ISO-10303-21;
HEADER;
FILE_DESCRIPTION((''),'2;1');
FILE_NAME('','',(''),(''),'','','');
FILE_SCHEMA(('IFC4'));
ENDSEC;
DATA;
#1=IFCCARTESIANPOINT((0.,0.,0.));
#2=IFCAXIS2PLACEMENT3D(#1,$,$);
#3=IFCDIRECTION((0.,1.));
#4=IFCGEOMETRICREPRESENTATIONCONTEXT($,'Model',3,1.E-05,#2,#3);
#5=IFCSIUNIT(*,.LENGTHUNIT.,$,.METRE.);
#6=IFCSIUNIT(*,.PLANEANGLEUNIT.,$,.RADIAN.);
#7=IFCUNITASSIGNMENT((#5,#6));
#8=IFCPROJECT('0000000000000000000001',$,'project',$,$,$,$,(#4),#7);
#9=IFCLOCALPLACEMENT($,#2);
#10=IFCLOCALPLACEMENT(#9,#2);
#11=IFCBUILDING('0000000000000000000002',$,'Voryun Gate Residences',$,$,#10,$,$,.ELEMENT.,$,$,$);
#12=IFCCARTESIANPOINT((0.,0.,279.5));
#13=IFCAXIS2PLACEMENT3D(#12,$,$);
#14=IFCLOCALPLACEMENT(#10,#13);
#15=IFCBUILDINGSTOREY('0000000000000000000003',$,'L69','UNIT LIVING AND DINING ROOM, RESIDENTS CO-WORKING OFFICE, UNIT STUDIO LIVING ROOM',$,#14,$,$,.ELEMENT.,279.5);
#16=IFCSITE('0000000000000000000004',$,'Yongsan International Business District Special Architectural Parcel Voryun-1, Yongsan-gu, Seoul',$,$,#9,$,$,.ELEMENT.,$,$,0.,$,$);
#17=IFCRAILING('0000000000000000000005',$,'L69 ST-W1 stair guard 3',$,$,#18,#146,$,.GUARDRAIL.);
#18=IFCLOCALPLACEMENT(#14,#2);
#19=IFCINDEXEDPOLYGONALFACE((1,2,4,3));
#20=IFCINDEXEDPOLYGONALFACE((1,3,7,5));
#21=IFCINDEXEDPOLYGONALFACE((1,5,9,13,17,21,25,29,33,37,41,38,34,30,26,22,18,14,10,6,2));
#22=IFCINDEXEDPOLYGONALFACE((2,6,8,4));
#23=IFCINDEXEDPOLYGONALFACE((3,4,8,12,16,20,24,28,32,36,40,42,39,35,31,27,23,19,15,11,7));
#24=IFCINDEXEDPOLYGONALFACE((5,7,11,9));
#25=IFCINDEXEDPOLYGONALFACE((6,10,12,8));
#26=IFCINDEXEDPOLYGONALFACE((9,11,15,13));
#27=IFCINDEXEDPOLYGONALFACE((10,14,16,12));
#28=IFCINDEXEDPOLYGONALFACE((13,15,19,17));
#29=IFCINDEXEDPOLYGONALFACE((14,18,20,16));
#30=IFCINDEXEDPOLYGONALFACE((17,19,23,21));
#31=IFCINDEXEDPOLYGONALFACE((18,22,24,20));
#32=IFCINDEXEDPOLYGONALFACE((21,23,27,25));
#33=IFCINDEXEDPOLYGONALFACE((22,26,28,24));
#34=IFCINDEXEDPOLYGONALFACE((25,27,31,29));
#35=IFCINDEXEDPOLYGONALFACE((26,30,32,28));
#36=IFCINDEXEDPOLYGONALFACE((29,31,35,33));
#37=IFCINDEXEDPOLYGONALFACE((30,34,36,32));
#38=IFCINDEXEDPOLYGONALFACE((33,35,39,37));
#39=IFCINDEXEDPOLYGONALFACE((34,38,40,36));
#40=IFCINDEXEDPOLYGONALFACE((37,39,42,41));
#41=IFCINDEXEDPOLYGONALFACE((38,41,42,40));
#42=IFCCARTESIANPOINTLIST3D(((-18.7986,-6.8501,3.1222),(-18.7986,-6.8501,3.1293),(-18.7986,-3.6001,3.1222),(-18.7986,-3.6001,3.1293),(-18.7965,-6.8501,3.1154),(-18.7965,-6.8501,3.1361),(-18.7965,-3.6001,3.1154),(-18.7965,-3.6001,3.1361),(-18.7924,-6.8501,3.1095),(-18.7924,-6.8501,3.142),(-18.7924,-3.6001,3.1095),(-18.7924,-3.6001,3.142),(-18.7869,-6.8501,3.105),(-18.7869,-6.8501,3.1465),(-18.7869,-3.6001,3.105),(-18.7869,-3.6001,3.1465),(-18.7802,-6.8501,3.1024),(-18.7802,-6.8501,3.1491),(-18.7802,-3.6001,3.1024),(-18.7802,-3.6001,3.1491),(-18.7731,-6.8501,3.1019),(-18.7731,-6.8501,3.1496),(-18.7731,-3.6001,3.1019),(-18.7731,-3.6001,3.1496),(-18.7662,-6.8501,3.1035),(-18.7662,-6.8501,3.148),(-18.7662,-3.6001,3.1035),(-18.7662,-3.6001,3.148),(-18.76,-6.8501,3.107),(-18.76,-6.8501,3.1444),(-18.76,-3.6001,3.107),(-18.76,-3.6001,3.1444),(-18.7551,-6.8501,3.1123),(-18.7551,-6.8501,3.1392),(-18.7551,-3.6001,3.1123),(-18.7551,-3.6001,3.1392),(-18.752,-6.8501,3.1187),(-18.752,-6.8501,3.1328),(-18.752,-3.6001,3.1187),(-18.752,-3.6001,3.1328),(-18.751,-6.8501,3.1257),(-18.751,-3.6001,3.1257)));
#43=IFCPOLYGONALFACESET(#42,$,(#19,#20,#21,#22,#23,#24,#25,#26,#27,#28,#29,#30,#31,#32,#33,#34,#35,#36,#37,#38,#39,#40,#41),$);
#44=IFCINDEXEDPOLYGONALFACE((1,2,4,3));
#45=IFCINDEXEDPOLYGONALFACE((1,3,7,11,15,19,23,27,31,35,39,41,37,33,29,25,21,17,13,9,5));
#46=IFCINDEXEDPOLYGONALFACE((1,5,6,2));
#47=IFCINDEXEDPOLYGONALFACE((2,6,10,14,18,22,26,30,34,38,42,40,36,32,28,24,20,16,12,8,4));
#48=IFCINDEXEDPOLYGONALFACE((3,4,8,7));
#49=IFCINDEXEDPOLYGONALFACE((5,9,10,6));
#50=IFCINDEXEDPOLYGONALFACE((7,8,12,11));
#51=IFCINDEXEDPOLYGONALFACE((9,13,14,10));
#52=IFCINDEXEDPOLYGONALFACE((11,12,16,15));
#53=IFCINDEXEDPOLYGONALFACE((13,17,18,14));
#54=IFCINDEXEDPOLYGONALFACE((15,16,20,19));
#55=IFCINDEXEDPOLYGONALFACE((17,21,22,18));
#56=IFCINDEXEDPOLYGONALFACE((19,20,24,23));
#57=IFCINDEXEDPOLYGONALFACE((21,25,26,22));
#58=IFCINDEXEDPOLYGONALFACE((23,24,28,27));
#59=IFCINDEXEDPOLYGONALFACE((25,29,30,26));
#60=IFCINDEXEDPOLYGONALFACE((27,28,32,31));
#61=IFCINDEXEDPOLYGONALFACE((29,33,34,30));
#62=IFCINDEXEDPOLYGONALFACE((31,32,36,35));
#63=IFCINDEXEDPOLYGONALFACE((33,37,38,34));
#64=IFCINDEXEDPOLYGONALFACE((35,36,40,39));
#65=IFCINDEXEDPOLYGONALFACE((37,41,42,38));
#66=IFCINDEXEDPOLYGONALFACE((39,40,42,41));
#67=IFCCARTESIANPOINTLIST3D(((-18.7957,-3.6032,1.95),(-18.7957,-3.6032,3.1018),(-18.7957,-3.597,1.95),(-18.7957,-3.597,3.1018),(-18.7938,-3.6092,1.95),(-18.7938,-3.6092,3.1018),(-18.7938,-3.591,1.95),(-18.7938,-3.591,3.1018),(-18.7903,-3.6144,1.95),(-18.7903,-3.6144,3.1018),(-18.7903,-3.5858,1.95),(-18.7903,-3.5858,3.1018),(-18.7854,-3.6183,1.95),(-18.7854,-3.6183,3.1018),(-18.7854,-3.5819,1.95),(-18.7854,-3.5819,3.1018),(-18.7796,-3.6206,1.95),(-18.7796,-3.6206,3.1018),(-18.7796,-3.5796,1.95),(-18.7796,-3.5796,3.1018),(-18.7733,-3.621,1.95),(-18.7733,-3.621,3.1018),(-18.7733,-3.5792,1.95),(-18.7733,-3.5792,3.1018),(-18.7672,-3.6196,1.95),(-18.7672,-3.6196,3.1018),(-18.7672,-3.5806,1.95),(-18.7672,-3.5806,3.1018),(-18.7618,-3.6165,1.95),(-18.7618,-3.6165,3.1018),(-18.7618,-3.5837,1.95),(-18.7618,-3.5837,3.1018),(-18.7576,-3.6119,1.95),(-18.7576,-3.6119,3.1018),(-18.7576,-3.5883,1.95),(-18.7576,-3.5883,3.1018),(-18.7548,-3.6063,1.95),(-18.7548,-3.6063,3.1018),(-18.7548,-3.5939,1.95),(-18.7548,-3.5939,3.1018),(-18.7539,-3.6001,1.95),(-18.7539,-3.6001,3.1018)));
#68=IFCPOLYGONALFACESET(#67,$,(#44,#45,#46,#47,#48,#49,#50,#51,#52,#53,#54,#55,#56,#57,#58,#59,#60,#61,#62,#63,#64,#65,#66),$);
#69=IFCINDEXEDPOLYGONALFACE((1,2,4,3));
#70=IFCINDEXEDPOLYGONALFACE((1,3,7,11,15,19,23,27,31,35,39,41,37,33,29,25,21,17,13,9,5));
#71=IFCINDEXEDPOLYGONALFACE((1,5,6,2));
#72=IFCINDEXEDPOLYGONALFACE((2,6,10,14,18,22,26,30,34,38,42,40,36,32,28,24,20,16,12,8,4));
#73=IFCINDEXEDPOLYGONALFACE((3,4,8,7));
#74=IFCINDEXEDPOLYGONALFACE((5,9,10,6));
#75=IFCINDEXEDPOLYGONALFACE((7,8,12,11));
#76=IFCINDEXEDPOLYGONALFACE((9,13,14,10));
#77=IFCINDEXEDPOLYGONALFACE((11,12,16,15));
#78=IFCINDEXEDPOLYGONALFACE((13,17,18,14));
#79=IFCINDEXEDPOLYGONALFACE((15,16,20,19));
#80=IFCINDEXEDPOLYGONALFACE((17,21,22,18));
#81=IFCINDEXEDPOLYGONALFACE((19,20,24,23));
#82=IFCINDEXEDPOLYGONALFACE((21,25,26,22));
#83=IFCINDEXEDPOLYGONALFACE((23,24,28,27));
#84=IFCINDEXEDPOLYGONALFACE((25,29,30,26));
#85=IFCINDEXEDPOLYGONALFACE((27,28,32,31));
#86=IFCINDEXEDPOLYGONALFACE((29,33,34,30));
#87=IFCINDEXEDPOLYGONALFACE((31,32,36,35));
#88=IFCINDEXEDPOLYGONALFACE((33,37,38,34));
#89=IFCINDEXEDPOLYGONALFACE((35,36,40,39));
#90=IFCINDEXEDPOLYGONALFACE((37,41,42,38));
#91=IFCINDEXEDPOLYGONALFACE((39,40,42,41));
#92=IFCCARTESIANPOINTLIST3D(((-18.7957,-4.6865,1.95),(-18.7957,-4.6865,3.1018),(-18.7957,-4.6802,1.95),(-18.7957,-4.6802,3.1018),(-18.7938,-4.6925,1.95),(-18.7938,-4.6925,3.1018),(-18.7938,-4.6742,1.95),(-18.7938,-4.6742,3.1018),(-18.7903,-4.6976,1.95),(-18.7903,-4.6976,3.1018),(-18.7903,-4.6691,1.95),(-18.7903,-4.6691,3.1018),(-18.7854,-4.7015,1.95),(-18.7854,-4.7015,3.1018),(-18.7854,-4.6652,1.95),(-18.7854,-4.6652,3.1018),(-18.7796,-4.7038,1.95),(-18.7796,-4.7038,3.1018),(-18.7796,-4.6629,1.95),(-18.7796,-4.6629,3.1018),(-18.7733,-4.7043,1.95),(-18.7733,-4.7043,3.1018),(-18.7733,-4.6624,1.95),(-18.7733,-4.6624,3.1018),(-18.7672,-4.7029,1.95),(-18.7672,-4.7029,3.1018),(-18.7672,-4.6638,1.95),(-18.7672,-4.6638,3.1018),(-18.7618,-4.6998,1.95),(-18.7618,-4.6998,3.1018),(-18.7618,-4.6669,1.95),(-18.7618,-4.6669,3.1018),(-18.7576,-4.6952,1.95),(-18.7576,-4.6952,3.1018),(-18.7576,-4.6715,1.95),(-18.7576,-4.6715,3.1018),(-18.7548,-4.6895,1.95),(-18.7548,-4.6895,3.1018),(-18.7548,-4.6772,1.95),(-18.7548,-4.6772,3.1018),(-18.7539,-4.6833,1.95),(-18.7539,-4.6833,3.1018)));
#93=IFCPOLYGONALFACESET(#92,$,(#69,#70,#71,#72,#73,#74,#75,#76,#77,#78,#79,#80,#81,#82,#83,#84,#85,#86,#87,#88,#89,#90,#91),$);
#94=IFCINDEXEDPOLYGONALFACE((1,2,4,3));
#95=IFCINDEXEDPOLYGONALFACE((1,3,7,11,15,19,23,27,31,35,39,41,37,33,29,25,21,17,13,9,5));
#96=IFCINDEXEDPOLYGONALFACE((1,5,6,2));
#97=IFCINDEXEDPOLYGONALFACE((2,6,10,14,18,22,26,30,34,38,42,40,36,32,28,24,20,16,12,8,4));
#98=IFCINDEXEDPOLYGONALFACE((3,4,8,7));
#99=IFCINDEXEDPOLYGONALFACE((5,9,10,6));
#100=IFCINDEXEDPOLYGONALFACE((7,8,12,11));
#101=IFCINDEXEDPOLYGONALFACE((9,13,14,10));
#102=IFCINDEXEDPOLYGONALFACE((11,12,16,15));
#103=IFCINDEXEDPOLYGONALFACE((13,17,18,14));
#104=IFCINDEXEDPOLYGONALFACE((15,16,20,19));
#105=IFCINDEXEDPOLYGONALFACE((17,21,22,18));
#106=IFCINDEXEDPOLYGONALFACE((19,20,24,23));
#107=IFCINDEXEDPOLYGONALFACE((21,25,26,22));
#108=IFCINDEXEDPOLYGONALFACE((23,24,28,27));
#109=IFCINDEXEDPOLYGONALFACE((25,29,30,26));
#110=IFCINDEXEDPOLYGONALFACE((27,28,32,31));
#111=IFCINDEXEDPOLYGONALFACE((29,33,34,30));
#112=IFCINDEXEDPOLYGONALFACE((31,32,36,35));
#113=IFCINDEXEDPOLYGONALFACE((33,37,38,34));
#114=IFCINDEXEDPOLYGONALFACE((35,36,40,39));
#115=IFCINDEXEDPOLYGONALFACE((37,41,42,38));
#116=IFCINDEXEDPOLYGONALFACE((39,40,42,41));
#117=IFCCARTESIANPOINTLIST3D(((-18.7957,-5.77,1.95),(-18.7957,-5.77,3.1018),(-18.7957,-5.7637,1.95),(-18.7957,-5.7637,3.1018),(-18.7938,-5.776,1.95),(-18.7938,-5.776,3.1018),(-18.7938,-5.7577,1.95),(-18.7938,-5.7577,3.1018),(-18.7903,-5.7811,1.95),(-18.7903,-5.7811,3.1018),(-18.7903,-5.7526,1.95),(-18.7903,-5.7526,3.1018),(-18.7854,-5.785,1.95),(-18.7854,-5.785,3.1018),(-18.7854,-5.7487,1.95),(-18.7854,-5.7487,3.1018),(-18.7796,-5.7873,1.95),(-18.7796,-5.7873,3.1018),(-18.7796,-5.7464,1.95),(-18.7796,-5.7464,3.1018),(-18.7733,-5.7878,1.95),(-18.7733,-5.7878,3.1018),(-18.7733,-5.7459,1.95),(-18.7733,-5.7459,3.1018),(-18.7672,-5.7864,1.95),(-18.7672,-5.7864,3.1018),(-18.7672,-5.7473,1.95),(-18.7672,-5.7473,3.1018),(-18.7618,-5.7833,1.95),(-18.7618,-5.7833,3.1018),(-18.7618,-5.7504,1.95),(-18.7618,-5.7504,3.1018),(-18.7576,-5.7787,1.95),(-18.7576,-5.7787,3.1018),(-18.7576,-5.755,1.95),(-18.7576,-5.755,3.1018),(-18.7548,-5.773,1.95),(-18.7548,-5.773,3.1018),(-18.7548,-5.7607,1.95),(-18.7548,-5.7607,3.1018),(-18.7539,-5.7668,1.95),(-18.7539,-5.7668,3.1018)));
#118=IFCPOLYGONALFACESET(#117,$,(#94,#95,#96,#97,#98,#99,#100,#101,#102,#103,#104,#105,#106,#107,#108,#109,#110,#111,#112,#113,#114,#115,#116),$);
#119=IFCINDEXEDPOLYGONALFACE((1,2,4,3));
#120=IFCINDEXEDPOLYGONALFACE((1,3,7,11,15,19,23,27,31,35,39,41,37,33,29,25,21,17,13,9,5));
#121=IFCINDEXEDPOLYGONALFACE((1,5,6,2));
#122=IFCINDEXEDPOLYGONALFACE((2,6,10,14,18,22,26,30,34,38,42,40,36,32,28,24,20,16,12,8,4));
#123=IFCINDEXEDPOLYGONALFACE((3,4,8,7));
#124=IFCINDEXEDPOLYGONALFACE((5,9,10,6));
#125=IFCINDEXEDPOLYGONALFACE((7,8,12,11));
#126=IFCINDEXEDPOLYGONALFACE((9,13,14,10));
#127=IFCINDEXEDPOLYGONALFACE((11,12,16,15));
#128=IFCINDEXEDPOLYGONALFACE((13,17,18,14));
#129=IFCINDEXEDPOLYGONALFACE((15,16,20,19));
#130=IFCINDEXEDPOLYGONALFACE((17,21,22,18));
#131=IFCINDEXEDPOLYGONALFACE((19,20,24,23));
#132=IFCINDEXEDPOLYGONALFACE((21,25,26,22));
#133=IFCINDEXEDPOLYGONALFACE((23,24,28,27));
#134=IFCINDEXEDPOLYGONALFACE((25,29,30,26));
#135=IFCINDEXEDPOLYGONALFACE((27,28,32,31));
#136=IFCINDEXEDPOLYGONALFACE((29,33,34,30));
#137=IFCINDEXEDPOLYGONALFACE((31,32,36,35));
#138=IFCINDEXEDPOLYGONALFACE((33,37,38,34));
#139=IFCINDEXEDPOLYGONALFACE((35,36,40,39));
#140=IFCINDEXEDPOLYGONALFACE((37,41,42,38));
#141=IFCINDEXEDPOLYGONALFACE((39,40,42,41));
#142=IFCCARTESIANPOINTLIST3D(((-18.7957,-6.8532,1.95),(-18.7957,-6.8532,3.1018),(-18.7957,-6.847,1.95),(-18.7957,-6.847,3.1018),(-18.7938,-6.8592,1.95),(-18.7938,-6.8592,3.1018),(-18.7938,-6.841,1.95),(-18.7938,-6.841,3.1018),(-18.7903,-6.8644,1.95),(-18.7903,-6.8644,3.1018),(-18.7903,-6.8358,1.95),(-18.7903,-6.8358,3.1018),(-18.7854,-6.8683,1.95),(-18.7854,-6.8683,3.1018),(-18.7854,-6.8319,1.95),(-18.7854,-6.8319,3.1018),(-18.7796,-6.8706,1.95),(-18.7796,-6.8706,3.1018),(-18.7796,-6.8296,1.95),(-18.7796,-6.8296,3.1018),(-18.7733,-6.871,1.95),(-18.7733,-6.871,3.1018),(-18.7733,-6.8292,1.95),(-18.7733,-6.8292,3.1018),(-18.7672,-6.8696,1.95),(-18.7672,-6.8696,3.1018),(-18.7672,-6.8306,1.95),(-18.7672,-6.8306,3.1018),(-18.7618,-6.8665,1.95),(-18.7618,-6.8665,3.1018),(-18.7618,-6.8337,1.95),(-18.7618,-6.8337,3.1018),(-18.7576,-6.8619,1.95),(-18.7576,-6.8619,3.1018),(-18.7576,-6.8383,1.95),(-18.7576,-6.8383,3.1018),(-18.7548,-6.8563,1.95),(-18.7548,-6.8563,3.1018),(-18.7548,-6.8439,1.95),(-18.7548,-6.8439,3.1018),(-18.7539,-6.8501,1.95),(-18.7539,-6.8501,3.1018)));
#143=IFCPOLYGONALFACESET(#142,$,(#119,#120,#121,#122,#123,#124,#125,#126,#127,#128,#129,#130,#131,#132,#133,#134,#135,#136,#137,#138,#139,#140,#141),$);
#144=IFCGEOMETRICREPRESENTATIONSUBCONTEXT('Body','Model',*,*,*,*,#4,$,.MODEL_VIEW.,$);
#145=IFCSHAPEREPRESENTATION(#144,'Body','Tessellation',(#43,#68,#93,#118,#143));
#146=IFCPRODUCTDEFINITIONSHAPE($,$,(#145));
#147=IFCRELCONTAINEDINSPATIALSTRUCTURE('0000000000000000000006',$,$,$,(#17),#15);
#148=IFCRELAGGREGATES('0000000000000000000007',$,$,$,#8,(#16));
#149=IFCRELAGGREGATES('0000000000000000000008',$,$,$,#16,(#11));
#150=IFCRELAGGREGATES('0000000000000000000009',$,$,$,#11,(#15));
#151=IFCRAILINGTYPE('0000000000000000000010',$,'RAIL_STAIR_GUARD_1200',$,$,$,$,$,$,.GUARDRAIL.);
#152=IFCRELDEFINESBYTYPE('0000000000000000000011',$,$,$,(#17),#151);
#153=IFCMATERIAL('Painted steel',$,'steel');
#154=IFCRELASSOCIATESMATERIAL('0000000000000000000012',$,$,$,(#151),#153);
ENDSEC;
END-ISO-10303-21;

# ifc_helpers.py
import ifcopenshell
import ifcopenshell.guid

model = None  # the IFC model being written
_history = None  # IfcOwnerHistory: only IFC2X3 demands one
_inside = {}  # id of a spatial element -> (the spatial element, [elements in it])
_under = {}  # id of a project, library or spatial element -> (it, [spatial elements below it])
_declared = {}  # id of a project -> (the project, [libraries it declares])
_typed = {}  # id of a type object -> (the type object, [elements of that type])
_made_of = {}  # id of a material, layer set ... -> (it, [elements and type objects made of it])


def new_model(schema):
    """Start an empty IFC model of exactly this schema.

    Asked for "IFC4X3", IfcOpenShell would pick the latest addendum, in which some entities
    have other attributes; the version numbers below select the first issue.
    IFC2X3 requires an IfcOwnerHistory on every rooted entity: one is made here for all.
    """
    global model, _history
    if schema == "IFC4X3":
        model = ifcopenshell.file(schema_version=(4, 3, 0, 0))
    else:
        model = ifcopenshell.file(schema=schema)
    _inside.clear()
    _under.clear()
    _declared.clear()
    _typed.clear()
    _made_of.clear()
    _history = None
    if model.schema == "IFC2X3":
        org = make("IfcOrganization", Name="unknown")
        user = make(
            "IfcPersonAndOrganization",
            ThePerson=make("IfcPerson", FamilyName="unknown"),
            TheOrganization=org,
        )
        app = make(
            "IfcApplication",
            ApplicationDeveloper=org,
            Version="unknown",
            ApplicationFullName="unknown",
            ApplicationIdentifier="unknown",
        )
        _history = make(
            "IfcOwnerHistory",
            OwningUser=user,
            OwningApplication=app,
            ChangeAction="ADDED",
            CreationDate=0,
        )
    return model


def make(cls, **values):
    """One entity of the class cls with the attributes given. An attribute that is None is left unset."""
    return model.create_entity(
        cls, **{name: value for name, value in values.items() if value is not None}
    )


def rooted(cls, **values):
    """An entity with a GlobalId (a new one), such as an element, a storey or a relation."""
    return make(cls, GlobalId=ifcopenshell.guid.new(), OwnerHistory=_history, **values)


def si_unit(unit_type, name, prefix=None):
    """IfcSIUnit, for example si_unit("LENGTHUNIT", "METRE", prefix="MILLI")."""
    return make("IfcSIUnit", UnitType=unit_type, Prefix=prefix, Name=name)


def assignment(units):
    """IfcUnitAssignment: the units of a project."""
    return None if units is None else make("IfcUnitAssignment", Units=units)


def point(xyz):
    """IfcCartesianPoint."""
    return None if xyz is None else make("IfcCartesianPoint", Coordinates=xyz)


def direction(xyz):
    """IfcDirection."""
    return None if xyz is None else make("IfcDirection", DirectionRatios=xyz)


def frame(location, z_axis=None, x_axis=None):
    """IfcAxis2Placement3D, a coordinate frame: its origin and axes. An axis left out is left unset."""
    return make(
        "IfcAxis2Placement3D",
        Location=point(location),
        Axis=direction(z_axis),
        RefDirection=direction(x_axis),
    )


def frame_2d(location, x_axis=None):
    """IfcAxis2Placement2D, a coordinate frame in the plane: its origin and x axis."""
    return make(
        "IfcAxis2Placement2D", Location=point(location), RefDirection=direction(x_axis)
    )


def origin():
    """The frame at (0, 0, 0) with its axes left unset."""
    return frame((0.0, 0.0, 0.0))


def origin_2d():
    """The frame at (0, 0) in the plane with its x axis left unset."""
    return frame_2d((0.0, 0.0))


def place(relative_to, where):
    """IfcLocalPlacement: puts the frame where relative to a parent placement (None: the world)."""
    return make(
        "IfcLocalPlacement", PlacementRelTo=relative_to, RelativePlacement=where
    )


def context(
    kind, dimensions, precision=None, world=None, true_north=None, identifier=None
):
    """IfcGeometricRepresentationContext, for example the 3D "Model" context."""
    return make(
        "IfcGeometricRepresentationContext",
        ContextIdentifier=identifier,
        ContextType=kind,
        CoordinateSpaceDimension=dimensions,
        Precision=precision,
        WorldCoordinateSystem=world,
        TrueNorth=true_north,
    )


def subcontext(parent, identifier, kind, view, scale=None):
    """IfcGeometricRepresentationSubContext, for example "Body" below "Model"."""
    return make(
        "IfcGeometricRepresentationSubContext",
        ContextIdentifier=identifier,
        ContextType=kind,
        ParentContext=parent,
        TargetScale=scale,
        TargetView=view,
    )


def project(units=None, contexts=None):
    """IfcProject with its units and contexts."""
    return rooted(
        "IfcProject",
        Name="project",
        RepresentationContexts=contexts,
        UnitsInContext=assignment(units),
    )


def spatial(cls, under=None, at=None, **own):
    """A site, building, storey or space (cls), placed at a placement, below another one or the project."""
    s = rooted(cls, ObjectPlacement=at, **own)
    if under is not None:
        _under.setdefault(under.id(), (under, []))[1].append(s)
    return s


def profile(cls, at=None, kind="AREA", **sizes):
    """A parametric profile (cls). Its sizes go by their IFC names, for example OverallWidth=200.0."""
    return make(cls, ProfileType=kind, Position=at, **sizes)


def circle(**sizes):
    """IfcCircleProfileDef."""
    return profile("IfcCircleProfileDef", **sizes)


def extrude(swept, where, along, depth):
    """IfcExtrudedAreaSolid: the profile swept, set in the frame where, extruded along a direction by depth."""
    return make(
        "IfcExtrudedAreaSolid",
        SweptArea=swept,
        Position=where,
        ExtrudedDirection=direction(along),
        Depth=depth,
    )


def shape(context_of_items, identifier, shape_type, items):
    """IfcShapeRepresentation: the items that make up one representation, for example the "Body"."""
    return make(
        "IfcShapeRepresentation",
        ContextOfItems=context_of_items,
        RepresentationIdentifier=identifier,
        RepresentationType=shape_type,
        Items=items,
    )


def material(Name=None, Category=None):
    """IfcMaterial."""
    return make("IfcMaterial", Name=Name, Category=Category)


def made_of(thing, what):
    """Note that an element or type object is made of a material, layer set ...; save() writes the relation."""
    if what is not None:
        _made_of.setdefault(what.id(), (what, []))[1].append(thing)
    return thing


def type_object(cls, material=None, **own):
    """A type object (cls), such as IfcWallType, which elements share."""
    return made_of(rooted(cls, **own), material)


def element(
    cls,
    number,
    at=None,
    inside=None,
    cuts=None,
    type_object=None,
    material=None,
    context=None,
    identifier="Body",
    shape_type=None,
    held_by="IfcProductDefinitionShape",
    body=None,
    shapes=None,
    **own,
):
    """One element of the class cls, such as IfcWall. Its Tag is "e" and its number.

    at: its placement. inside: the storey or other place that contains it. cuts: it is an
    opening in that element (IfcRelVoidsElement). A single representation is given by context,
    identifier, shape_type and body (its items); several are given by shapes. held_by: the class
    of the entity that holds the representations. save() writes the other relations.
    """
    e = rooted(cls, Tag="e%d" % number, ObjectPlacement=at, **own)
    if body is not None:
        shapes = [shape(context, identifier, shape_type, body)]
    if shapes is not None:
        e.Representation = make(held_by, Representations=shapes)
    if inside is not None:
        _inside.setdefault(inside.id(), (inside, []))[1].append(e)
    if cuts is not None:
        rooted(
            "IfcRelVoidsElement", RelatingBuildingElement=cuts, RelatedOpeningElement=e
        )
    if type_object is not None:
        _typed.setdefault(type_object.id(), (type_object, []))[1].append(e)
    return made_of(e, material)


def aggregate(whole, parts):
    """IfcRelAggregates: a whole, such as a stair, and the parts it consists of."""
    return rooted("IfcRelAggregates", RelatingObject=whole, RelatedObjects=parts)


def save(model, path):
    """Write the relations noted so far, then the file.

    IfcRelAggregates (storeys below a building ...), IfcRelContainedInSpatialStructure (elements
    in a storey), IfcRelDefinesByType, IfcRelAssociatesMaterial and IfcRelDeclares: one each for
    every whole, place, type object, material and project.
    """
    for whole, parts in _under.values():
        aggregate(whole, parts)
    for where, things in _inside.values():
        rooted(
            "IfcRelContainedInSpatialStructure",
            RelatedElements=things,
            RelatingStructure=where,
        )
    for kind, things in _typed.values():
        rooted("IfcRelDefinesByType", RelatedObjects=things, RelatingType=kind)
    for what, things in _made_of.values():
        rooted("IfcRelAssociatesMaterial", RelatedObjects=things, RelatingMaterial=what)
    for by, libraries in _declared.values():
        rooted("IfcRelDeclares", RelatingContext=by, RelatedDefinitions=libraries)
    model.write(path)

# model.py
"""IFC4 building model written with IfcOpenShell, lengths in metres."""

from ifc_helpers import new_model, si_unit, direction, frame, origin, origin_2d, place, context, subcontext, project, spatial, circle, extrude, material, type_object, element, save


model = new_model("IFC4")

# Units and contexts
model_context = context("Model", 3, precision=1e-05, world=origin(), true_north=direction((0.0, 1.0)))
body_context = subcontext(model_context, "Body", "Model", "MODEL_VIEW")
ifc_project = project(units=[si_unit("LENGTHUNIT", "METRE"), si_unit("PLANEANGLEUNIT", "RADIAN")], contexts=[model_context])

# Site, building, storey
site_placement = place(None, origin())
site = spatial("IfcSite", under=ifc_project, at=site_placement, Name="Yongsan International Business District Special Architectural Parcel Voryun-1, Yongsan-gu, Seoul", CompositionType="ELEMENT", RefElevation=0.0)
building_placement = place(site_placement, origin())
building = spatial("IfcBuilding", under=site, at=building_placement, Name="Voryun Gate Residences", CompositionType="ELEMENT")
storey_placement = place(building_placement, frame((0.0, 0.0, 279.5)))
storey = spatial("IfcBuildingStorey", under=building, at=storey_placement, Name="L69", Description="UNIT LIVING AND DINING ROOM, RESIDENTS CO-WORKING OFFICE, UNIT STUDIO LIVING ROOM", CompositionType="ELEMENT", Elevation=279.5)

# Railing
ifc_material_1 = material(Name="Painted steel", Category="steel")
railing_type_1 = type_object("IfcRailingType", Name="RAIL_STAIR_GUARD_1200", PredefinedType="GUARDRAIL", material=ifc_material_1)
railing_1_placement = place(storey_placement, frame((-18.7749, -3.6001, 1.95)))
element("IfcRailing", 1, at=railing_1_placement, inside=storey, type_object=railing_type_1, Name="L69 ST-W1 stair guard 3", PredefinedType="GUARDRAIL", context=body_context, shape_type="SweptSolid", body=[
    extrude(circle(Radius=0.0239, at=origin_2d()), frame((0.0, 0.0, 1.1758), z_axis=(0.0, -1.0, 0.0), x_axis=(1.0, 0.0, 0.0)), (0.0, 0.0, 1.0), 3.25),
    extrude(circle(Radius=0.021, at=origin_2d()), origin(), (0.0, 0.0, 1.0), 1.1519),
    extrude(circle(Radius=0.021, at=origin_2d()), frame((0.0, -1.0833, 0.0)), (0.0, 0.0, 1.0), 1.1519),
    extrude(circle(Radius=0.021, at=origin_2d()), frame((0.0, -2.1667, 0.0)), (0.0, 0.0, 1.0), 1.1519),
    extrude(circle(Radius=0.021, at=origin_2d()), frame((0.0, -3.25, 0.0)), (0.0, 0.0, 1.0), 1.1519),
])

save(model, "model.ifc")
